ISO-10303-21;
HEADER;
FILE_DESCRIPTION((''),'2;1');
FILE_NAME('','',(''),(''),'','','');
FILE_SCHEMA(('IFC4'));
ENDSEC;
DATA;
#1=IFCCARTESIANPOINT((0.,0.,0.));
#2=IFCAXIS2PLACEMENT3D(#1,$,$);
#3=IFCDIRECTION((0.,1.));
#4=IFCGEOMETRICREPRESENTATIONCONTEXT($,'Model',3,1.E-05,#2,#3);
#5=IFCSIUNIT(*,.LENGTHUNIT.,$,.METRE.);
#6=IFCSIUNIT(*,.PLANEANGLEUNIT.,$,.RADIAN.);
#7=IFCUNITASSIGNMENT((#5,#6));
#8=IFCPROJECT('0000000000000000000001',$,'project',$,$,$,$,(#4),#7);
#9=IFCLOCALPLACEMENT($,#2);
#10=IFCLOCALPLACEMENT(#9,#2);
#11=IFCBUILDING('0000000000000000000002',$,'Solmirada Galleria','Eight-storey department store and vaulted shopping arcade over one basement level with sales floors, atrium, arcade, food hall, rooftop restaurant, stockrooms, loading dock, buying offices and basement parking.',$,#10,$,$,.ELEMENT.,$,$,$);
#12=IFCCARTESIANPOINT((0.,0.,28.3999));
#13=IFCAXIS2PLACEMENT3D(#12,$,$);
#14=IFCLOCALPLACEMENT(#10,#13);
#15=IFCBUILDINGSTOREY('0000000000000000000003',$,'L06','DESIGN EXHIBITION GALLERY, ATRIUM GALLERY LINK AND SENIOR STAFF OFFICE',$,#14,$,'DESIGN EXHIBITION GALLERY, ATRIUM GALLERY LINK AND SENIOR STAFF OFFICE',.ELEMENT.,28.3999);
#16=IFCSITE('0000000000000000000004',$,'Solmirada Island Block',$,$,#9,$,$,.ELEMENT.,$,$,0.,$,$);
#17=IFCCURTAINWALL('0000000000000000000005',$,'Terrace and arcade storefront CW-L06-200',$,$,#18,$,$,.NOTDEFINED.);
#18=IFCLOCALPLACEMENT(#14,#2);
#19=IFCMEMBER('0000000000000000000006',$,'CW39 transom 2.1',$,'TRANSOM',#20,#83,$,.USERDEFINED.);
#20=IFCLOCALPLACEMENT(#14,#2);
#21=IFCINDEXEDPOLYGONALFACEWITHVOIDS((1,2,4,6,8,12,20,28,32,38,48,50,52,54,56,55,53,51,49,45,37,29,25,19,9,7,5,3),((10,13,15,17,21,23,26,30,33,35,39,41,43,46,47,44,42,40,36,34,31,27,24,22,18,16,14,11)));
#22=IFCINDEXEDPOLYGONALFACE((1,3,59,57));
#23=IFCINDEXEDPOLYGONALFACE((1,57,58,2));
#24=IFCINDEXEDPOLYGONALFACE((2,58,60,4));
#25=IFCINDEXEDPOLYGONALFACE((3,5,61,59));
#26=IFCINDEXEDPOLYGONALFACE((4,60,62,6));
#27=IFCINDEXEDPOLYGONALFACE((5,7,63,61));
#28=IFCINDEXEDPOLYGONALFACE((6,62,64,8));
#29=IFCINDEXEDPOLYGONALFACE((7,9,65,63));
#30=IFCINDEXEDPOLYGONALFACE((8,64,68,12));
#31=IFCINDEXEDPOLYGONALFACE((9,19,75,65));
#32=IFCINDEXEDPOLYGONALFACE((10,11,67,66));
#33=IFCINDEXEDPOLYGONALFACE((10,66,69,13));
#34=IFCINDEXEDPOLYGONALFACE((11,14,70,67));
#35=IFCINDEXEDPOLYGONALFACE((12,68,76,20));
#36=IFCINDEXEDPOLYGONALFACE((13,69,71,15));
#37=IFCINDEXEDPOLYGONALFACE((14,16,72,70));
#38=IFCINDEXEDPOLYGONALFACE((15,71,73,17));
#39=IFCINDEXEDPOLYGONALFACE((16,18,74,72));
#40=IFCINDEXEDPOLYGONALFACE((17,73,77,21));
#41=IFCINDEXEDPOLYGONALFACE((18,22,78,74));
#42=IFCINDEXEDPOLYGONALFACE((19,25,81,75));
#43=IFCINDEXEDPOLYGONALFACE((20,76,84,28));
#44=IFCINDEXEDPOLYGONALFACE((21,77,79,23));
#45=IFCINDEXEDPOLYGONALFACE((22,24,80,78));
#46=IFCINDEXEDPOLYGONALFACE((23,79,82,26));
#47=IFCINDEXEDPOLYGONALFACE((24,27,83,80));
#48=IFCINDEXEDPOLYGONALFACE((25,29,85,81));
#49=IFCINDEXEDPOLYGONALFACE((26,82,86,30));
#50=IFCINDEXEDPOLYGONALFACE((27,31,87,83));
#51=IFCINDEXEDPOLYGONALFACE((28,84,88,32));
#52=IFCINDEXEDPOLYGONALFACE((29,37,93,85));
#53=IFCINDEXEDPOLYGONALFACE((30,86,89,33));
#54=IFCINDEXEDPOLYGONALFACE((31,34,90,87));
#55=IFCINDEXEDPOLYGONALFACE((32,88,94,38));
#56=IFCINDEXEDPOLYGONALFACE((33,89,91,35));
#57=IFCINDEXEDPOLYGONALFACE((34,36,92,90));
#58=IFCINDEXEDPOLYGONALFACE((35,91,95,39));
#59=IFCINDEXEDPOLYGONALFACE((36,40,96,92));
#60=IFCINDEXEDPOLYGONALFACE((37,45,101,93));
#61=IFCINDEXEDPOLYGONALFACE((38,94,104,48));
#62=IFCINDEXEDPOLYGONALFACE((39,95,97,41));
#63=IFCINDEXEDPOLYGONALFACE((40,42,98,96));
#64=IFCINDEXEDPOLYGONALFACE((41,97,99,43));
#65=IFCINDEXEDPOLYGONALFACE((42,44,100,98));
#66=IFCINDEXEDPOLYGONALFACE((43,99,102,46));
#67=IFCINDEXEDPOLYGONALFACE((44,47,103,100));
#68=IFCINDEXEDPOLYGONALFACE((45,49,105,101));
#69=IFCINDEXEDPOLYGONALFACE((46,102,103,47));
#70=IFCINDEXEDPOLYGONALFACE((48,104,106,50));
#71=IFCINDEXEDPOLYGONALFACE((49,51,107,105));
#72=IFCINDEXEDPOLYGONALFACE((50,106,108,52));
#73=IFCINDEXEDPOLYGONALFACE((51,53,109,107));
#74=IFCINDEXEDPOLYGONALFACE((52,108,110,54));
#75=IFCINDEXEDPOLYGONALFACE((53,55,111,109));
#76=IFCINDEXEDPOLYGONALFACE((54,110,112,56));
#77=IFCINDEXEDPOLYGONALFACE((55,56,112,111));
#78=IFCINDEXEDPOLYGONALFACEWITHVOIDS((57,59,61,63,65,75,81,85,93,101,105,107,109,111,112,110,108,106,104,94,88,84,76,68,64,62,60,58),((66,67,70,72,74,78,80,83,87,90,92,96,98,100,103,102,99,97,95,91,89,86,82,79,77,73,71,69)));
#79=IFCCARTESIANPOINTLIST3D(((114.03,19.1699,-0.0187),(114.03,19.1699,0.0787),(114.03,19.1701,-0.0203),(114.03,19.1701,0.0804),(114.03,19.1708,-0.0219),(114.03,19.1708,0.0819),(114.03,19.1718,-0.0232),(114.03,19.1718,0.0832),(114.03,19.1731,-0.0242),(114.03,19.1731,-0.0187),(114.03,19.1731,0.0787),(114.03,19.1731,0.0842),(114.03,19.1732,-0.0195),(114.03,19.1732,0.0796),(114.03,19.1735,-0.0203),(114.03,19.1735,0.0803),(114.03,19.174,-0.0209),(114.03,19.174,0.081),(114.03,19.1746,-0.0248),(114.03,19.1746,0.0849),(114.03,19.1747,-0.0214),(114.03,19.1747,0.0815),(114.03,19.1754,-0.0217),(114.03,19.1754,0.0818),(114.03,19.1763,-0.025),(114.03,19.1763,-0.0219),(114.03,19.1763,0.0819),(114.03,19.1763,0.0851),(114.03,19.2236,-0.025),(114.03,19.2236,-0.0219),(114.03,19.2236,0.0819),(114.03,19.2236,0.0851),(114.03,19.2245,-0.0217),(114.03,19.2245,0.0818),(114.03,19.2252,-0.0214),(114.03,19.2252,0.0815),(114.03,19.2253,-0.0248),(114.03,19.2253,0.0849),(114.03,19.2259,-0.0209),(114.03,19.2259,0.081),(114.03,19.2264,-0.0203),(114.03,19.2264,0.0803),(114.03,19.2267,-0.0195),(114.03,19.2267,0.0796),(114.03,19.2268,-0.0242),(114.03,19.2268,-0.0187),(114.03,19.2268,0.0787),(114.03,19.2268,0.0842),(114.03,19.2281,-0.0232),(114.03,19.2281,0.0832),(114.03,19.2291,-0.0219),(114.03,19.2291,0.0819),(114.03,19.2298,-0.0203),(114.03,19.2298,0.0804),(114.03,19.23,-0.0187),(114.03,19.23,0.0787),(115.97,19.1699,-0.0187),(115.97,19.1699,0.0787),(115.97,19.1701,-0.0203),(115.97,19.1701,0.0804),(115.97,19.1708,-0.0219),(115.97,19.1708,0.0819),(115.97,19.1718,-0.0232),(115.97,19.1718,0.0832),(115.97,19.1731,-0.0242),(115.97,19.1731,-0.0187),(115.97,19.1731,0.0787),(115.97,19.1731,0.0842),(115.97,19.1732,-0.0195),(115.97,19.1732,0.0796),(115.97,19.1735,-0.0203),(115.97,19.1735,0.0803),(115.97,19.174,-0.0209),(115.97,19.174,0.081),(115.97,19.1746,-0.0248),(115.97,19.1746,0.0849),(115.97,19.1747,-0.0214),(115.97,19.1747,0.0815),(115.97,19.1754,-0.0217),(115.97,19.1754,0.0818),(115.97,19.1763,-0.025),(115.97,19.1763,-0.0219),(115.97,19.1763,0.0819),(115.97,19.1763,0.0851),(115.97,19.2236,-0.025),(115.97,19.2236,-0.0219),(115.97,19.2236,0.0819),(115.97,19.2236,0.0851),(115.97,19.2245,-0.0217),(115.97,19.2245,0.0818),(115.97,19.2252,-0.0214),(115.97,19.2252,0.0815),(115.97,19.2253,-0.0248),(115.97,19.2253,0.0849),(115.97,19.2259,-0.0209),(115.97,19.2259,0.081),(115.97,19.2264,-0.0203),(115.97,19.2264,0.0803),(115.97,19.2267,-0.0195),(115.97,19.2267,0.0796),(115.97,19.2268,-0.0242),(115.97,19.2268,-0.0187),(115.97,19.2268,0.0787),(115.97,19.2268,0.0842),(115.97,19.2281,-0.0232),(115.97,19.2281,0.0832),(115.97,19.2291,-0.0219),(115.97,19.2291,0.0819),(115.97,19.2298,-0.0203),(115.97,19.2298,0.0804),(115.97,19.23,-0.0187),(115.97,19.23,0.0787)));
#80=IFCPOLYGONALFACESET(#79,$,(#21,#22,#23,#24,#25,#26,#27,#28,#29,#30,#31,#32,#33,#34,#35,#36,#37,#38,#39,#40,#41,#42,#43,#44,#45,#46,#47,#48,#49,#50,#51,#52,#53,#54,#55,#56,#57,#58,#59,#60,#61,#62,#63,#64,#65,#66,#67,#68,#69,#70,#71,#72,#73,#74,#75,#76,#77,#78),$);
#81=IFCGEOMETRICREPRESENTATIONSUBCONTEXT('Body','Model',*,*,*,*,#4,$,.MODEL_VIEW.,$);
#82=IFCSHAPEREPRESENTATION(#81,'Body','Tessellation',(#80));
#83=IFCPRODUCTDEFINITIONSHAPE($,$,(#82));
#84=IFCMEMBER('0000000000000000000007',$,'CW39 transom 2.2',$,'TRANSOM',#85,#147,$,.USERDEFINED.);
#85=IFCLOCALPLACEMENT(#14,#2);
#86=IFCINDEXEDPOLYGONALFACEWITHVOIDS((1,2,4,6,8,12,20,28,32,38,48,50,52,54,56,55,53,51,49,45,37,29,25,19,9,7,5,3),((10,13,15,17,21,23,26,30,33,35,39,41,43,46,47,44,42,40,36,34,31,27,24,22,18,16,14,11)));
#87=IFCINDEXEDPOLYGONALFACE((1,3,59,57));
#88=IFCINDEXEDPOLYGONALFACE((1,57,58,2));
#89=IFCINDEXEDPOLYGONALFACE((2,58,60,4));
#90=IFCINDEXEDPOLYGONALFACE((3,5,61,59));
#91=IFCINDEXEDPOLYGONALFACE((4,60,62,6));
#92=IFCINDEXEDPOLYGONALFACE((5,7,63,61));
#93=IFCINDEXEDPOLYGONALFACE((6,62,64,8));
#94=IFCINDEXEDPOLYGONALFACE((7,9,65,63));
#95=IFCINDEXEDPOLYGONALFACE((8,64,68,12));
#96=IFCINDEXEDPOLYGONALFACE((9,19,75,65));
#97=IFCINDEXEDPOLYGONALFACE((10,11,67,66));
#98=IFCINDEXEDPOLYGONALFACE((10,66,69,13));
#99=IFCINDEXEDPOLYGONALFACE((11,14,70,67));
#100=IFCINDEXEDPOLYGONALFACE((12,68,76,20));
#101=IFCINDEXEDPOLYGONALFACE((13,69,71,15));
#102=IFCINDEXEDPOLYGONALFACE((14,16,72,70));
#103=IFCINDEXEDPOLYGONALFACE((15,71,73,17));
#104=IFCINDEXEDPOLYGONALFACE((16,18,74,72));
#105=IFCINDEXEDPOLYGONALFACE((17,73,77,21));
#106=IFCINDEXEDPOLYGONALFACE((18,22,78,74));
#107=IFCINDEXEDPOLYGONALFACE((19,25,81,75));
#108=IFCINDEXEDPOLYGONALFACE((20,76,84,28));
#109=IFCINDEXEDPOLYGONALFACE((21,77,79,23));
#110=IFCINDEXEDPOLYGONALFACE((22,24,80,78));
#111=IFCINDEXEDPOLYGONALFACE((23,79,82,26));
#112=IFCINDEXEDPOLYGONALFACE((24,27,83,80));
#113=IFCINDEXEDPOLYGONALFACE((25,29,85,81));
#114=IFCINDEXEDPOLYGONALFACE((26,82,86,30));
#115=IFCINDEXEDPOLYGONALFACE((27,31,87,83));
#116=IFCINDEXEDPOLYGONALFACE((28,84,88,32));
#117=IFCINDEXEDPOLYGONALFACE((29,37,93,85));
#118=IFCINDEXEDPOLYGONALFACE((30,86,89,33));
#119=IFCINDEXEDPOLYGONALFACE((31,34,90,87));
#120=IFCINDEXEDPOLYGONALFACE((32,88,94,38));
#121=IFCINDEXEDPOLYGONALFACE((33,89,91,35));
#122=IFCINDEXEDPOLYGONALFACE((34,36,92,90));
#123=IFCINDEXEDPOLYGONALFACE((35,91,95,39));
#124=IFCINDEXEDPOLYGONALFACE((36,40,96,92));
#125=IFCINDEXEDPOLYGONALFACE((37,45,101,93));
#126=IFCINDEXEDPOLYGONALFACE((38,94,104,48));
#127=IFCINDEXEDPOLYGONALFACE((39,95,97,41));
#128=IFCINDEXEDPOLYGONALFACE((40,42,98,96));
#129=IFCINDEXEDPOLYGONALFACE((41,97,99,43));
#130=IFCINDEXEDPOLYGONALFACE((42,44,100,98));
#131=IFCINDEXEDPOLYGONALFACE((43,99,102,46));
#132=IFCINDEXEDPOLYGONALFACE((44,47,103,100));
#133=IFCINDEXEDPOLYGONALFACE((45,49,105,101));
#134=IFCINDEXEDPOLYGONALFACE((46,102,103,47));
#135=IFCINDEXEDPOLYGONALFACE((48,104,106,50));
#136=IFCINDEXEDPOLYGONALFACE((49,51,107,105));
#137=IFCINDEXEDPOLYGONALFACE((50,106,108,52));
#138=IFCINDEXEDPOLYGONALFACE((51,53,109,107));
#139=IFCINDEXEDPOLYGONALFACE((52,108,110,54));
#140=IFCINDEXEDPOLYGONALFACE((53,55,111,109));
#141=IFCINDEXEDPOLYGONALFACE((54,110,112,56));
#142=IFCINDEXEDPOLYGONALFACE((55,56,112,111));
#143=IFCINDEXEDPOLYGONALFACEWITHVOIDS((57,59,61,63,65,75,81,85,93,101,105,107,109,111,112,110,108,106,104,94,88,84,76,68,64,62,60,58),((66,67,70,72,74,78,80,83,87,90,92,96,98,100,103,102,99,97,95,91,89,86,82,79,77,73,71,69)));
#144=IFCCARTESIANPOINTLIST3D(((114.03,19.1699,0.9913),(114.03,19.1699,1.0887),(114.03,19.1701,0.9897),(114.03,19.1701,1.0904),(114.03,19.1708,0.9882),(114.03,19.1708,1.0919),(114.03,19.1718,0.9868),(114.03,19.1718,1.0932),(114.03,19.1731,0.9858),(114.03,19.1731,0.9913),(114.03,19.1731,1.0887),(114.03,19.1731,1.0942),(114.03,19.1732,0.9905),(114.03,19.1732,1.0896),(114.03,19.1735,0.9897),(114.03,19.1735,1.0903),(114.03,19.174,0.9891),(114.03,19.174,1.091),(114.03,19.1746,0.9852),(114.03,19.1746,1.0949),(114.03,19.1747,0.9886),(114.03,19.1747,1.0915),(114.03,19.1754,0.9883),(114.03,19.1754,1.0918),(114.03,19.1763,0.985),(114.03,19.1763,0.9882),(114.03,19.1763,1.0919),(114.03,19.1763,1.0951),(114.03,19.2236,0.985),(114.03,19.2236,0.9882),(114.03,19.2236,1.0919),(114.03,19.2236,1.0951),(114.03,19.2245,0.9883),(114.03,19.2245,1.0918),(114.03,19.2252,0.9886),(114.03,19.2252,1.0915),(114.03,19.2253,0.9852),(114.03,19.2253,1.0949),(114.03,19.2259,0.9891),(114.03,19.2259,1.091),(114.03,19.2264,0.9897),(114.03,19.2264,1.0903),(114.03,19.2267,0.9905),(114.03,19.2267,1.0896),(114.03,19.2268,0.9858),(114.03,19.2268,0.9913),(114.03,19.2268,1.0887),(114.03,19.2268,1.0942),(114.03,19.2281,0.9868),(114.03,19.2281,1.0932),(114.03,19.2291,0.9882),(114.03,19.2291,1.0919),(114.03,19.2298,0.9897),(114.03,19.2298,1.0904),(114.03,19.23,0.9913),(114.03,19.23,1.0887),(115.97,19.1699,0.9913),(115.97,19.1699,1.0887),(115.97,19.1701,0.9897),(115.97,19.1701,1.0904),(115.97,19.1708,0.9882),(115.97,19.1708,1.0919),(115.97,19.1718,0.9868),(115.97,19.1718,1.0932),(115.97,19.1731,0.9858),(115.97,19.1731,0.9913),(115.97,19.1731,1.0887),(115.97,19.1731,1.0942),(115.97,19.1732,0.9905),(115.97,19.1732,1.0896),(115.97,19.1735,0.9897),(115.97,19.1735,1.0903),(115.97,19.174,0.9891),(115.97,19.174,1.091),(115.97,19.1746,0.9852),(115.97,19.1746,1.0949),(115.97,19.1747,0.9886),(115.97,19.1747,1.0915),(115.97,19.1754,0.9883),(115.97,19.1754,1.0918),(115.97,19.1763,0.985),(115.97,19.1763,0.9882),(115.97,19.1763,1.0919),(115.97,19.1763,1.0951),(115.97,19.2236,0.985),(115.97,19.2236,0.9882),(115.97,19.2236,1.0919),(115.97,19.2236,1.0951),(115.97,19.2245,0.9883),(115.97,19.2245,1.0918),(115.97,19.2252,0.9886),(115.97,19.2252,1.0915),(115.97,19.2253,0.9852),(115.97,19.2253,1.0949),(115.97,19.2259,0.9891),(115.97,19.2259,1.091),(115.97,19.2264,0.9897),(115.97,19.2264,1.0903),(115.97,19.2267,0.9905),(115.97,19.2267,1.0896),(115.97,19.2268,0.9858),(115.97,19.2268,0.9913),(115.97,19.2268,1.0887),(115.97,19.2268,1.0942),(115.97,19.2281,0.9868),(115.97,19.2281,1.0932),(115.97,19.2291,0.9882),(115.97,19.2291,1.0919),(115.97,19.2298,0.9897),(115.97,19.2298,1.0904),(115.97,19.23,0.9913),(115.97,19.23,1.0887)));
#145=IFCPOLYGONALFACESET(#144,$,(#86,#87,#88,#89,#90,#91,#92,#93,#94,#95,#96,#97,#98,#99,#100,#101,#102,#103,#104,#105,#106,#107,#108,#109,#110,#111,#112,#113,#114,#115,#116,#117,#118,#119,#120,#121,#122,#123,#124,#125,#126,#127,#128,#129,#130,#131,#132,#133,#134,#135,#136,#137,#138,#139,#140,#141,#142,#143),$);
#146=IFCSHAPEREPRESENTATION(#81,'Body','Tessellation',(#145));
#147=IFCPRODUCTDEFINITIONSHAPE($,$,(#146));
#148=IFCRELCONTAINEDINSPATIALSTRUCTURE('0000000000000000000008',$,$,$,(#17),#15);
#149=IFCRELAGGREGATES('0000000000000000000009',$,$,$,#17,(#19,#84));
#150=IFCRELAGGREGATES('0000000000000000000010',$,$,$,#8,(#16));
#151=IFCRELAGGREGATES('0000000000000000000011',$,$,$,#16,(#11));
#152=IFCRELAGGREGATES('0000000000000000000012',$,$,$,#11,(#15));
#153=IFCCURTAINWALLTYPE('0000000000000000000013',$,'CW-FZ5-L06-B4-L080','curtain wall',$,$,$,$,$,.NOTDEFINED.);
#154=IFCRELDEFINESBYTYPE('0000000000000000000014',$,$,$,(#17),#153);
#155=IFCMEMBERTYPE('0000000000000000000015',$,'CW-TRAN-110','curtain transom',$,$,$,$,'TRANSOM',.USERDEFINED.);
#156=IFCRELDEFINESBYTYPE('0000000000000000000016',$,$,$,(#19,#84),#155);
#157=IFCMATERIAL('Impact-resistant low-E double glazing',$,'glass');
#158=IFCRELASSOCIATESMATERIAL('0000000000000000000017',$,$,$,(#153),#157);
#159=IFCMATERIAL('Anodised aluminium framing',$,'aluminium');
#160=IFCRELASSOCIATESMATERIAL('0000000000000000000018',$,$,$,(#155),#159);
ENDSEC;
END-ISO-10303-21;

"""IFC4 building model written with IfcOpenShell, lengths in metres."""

from ifc_helpers import new_model, si_unit, direction, frame, origin, origin_2d, place, context, subcontext, project, spatial, hollow_rectangle, extrude, material, material_profile, profile_set, type_object, element, aggregate, save


model = new_model("IFC4")

# Units and contexts
model_context = context("Model", 3, precision=1e-05, world=origin(), true_north=direction((0.0, 1.0)))
body_context = subcontext(model_context, "Body", "Model", "MODEL_VIEW")
ifc_project = project(units=[si_unit("LENGTHUNIT", "METRE"), si_unit("PLANEANGLEUNIT", "RADIAN")], contexts=[model_context])

# Site, building, storey
site_placement = place(None, origin())
site = spatial("IfcSite", under=ifc_project, at=site_placement, Name="Solmirada Island Block", CompositionType="ELEMENT", RefElevation=0.0)
building_placement = place(site_placement, origin())
building = spatial("IfcBuilding", under=site, at=building_placement, Name="Solmirada Galleria", Description="Eight-storey department store and vaulted shopping arcade over one basement level with sales floors, atrium, arcade, food hall, rooftop restaurant, stockrooms, loading dock, buying offices and basement parking.", CompositionType="ELEMENT")
storey_placement = place(building_placement, frame((0.0, 0.0, 28.3999)))
storey = spatial("IfcBuildingStorey", under=building, at=storey_placement, Name="L06", Description="DESIGN EXHIBITION GALLERY, ATRIUM GALLERY LINK AND SENIOR STAFF OFFICE", LongName="DESIGN EXHIBITION GALLERY, ATRIUM GALLERY LINK AND SENIOR STAFF OFFICE", CompositionType="ELEMENT", Elevation=28.3999)

# Curtain wall, members
ifc_material_1 = material(Name="Impact-resistant low-E double glazing", Category="glass")
curtain_wall_type = type_object("IfcCurtainWallType", Name="CW-FZ5-L06-B4-L080", Description="curtain wall", PredefinedType="NOTDEFINED", material=ifc_material_1)
curtain_wall_placement = place(storey_placement, origin())
curtain_wall = element("IfcCurtainWall", 1, at=curtain_wall_placement, inside=storey, type_object=curtain_wall_type, Name="Terrace and arcade storefront CW-L06-200", PredefinedType="NOTDEFINED")
ifc_material_2 = material(Name="Anodised aluminium framing", Category="aluminium")
ifc_material_profile_1 = material_profile(ifc_material_2, hollow_rectangle(XDim=0.0601, YDim=0.1101, WallThickness=0.0032, InnerFilletRadius=0.0032, OuterFilletRadius=0.0063, at=origin_2d()), Name="ALU-TRAN-110X60")
ifc_profile_set_1 = profile_set([ifc_material_profile_1], Name="Anodised aluminium framing")
member_type_1 = type_object("IfcMemberType", Name="CW-TRAN-110", Description="curtain transom", ElementType="TRANSOM", PredefinedType="USERDEFINED", material=ifc_profile_set_1)
member_1_placement = place(storey_placement, frame((114.03, 19.2, 0.03), z_axis=(1.0, 0.0, 0.0), x_axis=(0.0, 1.0, 0.0)))
member_1 = element("IfcMember", 2, at=member_1_placement, type_object=member_type_1, Name="CW39 transom 2.1", ObjectType="TRANSOM", PredefinedType="USERDEFINED", context=body_context, shape_type="SweptSolid", body=[
    extrude(hollow_rectangle(XDim=0.0601, YDim=0.1101, WallThickness=0.0032, InnerFilletRadius=0.0032, OuterFilletRadius=0.0063, at=origin_2d()), origin(), (0.0, 0.0, 1.0), 1.9399),
])
member_2_placement = place(storey_placement, frame((114.03, 19.2, 1.04), z_axis=(1.0, 0.0, 0.0), x_axis=(0.0, 1.0, 0.0)))
member_2 = element("IfcMember", 3, at=member_2_placement, type_object=member_type_1, Name="CW39 transom 2.2", ObjectType="TRANSOM", PredefinedType="USERDEFINED", context=body_context, shape_type="SweptSolid", body=[
    extrude(hollow_rectangle(XDim=0.0601, YDim=0.1101, WallThickness=0.0032, InnerFilletRadius=0.0032, OuterFilletRadius=0.0063, at=origin_2d()), origin(), (0.0, 0.0, 1.0), 1.9399),
])
aggregate(curtain_wall, [member_1, member_2])

save(model, "model.ifc")
